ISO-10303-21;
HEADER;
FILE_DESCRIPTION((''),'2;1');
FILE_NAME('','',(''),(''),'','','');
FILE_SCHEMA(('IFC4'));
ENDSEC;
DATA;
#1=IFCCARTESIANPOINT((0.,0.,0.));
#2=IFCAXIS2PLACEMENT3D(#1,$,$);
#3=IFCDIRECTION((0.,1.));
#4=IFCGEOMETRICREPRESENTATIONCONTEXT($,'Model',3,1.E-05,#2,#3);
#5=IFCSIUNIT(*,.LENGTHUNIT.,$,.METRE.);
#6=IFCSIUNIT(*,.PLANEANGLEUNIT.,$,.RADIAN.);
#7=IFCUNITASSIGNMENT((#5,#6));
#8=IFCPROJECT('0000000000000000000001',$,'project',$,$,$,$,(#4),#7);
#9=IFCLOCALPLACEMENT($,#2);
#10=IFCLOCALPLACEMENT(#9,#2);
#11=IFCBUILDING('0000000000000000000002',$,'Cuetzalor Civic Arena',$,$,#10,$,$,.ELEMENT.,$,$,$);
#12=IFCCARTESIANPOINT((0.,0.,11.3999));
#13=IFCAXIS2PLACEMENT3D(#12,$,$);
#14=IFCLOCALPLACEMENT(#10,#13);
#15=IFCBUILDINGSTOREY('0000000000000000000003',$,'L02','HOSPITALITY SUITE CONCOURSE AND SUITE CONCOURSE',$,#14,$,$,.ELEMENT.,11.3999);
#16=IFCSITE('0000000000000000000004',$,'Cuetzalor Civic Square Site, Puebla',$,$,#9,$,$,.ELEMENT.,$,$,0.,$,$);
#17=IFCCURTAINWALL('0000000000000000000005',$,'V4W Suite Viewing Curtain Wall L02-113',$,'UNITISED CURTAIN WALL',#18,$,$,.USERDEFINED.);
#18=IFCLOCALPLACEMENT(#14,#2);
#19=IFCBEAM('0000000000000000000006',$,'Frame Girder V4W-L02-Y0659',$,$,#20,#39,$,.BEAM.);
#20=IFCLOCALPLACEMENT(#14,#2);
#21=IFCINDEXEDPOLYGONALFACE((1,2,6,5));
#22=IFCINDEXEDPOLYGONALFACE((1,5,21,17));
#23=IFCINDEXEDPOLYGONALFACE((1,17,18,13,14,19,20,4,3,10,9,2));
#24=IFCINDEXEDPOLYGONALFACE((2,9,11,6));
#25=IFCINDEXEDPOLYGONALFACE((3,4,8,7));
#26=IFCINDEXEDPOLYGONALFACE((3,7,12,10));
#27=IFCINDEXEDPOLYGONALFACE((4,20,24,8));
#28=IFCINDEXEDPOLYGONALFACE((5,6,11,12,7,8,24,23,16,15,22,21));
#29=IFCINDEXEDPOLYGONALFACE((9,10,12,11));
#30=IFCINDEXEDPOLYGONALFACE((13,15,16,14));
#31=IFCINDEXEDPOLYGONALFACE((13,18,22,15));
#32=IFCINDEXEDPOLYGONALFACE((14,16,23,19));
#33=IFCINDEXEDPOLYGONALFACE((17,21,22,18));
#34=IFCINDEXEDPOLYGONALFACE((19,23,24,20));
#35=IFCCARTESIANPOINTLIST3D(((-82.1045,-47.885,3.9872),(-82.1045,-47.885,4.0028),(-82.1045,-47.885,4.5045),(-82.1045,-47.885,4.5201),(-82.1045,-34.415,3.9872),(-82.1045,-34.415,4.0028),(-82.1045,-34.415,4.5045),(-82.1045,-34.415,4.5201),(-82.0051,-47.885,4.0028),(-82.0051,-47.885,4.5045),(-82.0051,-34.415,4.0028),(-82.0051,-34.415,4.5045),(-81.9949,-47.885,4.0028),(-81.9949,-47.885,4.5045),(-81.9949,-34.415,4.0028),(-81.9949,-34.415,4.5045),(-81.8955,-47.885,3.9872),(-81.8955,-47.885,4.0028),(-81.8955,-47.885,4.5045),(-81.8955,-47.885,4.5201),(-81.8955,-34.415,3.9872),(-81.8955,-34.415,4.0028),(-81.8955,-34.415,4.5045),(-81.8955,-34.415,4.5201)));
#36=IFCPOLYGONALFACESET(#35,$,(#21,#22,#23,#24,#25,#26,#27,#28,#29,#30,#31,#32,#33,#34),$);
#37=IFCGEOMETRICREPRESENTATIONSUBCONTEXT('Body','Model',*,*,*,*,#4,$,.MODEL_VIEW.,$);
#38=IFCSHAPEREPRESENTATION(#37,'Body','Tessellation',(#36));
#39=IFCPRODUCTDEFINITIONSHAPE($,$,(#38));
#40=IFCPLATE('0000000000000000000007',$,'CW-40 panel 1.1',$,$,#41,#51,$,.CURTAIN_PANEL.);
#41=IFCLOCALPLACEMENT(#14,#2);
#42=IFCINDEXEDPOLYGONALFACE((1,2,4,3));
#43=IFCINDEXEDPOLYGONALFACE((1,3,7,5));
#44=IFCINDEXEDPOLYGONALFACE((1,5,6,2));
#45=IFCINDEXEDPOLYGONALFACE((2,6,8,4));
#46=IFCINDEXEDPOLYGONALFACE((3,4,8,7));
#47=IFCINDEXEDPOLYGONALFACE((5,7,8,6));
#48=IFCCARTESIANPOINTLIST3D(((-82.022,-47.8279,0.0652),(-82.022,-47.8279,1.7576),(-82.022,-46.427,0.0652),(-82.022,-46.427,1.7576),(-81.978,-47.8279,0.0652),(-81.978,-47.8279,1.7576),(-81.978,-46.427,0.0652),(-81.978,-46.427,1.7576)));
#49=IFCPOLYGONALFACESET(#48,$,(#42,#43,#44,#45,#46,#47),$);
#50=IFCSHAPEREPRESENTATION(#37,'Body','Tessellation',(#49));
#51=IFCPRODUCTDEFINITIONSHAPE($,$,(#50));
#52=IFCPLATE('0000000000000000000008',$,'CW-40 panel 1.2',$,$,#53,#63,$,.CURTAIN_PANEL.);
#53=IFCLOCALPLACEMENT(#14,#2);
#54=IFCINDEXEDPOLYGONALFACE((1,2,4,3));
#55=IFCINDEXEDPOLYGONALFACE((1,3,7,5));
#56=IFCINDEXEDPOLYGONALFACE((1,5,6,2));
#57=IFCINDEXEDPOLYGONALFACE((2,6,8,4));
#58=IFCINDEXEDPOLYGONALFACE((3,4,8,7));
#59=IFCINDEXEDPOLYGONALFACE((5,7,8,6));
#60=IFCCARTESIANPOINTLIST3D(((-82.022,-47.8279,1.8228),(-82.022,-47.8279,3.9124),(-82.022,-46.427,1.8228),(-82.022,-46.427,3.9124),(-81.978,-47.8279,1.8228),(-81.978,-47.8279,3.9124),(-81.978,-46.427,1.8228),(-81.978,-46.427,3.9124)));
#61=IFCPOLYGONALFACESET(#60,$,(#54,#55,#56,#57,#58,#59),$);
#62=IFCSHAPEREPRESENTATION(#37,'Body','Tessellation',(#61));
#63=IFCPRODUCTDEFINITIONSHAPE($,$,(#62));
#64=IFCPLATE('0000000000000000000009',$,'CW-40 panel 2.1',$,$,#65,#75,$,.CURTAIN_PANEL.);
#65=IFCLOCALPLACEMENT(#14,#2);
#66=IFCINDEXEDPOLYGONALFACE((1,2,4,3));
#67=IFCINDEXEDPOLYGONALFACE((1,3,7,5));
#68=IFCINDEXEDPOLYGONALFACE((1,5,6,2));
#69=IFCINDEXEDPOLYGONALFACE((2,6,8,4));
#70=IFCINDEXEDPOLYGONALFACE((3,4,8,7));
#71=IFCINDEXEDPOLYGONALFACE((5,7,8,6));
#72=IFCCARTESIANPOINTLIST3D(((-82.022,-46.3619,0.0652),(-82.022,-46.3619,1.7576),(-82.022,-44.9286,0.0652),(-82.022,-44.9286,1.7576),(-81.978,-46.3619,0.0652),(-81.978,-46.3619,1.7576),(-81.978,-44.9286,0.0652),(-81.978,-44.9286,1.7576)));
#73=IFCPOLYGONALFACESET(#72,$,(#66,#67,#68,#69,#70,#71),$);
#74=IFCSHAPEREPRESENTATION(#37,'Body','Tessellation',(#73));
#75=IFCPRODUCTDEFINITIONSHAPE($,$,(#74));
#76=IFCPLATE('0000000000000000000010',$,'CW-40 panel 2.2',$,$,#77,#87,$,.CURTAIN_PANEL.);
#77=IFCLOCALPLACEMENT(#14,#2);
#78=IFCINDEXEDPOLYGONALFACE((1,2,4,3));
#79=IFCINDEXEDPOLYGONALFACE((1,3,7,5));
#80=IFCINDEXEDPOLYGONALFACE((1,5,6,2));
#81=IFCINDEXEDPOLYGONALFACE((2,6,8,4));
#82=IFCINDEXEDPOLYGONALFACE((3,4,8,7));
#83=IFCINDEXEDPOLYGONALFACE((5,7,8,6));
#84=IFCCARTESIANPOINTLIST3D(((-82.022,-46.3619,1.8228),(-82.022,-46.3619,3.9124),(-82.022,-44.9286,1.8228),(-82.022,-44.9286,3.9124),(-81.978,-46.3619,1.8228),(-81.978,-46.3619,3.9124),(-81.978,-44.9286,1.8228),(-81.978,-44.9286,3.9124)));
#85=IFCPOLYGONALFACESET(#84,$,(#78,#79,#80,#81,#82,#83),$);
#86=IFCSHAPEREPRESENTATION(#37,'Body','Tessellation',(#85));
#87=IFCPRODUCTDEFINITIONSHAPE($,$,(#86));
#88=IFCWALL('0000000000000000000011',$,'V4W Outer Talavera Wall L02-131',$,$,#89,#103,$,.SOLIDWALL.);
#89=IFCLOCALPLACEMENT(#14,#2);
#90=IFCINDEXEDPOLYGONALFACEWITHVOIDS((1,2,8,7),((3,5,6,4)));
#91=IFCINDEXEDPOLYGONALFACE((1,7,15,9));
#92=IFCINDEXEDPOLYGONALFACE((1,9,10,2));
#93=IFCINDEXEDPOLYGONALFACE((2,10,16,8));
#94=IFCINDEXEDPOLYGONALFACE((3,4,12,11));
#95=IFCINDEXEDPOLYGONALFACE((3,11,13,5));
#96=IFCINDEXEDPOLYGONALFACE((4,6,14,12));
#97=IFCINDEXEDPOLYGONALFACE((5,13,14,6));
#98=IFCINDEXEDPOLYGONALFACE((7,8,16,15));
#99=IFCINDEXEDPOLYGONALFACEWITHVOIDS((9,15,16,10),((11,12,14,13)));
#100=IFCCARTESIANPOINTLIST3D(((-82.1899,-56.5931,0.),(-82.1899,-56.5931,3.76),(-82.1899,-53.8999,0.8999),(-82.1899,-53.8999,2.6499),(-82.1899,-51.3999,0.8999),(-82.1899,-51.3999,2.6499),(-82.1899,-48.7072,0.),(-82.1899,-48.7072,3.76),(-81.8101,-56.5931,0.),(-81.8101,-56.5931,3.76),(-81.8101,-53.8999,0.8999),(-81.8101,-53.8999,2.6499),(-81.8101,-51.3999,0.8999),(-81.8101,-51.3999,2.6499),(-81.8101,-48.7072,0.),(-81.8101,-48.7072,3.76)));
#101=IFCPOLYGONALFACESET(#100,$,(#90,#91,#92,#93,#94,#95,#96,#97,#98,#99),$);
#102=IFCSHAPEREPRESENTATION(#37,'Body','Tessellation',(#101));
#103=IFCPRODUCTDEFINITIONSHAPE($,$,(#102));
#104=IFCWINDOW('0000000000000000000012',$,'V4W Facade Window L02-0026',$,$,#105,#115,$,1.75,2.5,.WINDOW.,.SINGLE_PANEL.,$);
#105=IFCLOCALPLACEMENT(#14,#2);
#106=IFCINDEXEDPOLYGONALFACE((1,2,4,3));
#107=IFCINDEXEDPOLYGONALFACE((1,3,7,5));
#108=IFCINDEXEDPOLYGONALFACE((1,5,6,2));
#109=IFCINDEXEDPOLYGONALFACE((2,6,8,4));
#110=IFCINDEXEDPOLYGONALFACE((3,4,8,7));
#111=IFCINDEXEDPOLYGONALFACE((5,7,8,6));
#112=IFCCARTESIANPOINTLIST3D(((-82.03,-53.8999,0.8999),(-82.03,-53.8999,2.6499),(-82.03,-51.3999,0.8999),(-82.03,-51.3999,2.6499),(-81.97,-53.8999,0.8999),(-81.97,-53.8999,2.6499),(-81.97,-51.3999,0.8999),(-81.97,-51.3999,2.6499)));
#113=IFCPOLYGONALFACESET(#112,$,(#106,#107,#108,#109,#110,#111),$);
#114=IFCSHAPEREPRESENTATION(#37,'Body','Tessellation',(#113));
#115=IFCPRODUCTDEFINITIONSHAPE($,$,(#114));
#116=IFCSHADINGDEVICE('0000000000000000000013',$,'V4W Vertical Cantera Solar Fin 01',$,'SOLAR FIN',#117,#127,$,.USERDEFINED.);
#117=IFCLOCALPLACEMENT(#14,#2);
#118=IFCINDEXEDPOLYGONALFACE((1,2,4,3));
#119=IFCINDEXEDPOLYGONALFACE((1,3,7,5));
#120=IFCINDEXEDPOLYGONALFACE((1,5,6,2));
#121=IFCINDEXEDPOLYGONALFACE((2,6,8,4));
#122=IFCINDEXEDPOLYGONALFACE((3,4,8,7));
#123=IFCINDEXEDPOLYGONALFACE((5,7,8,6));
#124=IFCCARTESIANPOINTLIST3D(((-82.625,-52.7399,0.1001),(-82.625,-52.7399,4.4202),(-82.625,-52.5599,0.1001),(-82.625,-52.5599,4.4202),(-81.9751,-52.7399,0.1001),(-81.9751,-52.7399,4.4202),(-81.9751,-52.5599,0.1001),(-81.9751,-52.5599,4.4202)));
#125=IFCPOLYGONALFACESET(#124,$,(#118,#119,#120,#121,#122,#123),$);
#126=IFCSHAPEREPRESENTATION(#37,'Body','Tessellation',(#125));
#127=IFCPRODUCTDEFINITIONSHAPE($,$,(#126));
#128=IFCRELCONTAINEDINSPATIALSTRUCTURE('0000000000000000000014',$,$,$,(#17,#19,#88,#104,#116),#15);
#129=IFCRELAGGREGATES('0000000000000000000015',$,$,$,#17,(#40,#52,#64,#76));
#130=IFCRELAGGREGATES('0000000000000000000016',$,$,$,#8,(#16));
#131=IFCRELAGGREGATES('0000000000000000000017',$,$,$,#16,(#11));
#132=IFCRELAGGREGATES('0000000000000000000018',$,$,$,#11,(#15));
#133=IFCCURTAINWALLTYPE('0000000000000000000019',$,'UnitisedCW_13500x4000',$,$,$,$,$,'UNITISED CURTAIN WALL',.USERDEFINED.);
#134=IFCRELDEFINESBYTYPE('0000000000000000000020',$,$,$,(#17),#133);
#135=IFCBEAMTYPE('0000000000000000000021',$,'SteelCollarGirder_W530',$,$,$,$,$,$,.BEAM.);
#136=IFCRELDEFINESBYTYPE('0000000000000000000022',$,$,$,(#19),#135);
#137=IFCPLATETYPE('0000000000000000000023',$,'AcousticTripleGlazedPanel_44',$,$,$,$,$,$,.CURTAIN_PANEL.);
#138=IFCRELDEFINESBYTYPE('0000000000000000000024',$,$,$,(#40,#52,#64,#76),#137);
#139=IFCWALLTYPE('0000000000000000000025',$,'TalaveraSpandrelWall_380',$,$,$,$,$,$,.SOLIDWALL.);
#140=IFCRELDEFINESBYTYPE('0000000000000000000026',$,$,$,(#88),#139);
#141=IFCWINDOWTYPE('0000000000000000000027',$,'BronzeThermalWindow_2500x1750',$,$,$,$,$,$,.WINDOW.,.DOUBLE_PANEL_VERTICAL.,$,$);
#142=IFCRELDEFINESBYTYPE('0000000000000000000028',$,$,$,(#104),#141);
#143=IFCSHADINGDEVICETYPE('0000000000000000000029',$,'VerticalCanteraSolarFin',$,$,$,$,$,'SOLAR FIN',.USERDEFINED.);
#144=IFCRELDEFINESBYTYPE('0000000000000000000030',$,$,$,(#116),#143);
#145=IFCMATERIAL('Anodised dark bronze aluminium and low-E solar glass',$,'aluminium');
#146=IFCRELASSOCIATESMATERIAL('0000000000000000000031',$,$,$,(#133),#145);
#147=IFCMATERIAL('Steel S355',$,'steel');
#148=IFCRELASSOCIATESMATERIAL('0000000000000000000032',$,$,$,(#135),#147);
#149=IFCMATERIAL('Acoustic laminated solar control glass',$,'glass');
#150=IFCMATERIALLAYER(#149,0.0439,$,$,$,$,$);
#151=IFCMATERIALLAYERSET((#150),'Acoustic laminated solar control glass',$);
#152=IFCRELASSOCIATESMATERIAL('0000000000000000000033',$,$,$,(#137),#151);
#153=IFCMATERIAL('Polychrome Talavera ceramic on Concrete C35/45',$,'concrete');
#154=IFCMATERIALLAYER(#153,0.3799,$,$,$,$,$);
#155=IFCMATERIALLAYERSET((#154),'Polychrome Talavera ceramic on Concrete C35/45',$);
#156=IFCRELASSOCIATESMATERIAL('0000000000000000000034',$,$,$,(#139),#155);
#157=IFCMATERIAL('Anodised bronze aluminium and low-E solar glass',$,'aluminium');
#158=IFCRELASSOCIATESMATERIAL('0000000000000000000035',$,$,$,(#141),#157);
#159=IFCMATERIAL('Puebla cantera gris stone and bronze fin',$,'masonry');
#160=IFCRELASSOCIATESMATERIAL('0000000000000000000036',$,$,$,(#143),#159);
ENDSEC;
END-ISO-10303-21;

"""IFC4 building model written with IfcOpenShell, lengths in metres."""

from ifc_helpers import new_model, si_unit, direction, frame, frame_2d, origin, origin_2d, place, context, subcontext, project, spatial, rectangle, i_section, extrude, material, layer, layer_set, material_profile, profile_set, type_object, element, fill, aggregate, save


model = new_model("IFC4")

# Units and contexts
model_context = context("Model", 3, precision=1e-05, world=origin(), true_north=direction((0.0, 1.0)))
body_context = subcontext(model_context, "Body", "Model", "MODEL_VIEW")
ifc_project = project(units=[si_unit("LENGTHUNIT", "METRE"), si_unit("PLANEANGLEUNIT", "RADIAN")], contexts=[model_context])

# Site, building, storey
site_placement = place(None, origin())
site = spatial("IfcSite", under=ifc_project, at=site_placement, Name="Cuetzalor Civic Square Site, Puebla", CompositionType="ELEMENT", RefElevation=0.0)
building_placement = place(site_placement, origin())
building = spatial("IfcBuilding", under=site, at=building_placement, Name="Cuetzalor Civic Arena", CompositionType="ELEMENT")
storey_placement = place(building_placement, frame((0.0, 0.0, 11.3999)))
storey = spatial("IfcBuildingStorey", under=building, at=storey_placement, Name="L02", Description="HOSPITALITY SUITE CONCOURSE AND SUITE CONCOURSE", CompositionType="ELEMENT", Elevation=11.3999)

# Curtain wall
ifc_material_1 = material(Name="Anodised dark bronze aluminium and low-E solar glass", Category="aluminium")
curtain_wall_type = type_object("IfcCurtainWallType", Name="UnitisedCW_13500x4000", ElementType="UNITISED CURTAIN WALL", PredefinedType="USERDEFINED", material=ifc_material_1)
curtain_wall_placement = place(storey_placement, origin())
curtain_wall = element("IfcCurtainWall", 1, at=curtain_wall_placement, inside=storey, type_object=curtain_wall_type, Name="V4W Suite Viewing Curtain Wall L02-113", ObjectType="UNITISED CURTAIN WALL", PredefinedType="USERDEFINED")

# Beam
ifc_material_2 = material(Name="Steel S355", Category="steel")
ifc_material_profile_1 = material_profile(ifc_material_2, i_section(OverallWidth=0.209, OverallDepth=0.533, WebThickness=0.0103, FlangeThickness=0.0156, at=origin_2d()), Name="W530x92")
ifc_profile_set_1 = profile_set([ifc_material_profile_1], Name="Steel S355")
beam_type_1 = type_object("IfcBeamType", Name="SteelCollarGirder_W530", PredefinedType="BEAM", material=ifc_profile_set_1)
beam_1_placement = place(storey_placement, frame((-82.0, -47.885, 4.2537), z_axis=(0.0, 1.0, 0.0), x_axis=(-1.0, 0.0, 0.0)))
element("IfcBeam", 2, at=beam_1_placement, inside=storey, type_object=beam_type_1, Name="Frame Girder V4W-L02-Y0659", PredefinedType="BEAM", context=body_context, shape_type="SweptSolid", body=[
    extrude(i_section(OverallWidth=0.209, OverallDepth=0.533, WebThickness=0.0103, FlangeThickness=0.0156, at=origin_2d()), origin(), (0.0, 0.0, 1.0), 13.47),
])

# Plates
ifc_material_3 = material(Name="Acoustic laminated solar control glass", Category="glass")
ifc_layer_1 = layer(ifc_material_3, 0.0439)
ifc_layer_set_1 = layer_set([ifc_layer_1], Name="Acoustic laminated solar control glass")
plate_type = type_object("IfcPlateType", Name="AcousticTripleGlazedPanel_44", PredefinedType="CURTAIN_PANEL", material=ifc_layer_set_1)
plate_1_placement = place(storey_placement, frame((-82.0, -47.1274, 0.0652), z_axis=(0.0, 0.0, 1.0), x_axis=(0.0, 1.0, 0.0)))
plate_1 = element("IfcPlate", 3, at=plate_1_placement, type_object=plate_type, Name="CW-40 panel 1.1", PredefinedType="CURTAIN_PANEL", context=body_context, shape_type="SweptSolid", body=[
    extrude(rectangle(XDim=1.4009, YDim=0.0439, at=origin_2d()), origin(), (0.0, 0.0, 1.0), 1.6924),
])
plate_2_placement = place(storey_placement, frame((-82.0, -47.1274, 1.8228), z_axis=(0.0, 0.0, 1.0), x_axis=(0.0, 1.0, 0.0)))
plate_2 = element("IfcPlate", 4, at=plate_2_placement, type_object=plate_type, Name="CW-40 panel 1.2", PredefinedType="CURTAIN_PANEL", context=body_context, shape_type="SweptSolid", body=[
    extrude(rectangle(XDim=1.4009, YDim=0.0439, at=origin_2d()), origin(), (0.0, 0.0, 1.0), 2.0896),
])
plate_3_placement = place(storey_placement, frame((-82.0, -45.6453, 0.0652), z_axis=(0.0, 0.0, 1.0), x_axis=(0.0, 1.0, 0.0)))
plate_3 = element("IfcPlate", 5, at=plate_3_placement, type_object=plate_type, Name="CW-40 panel 2.1", PredefinedType="CURTAIN_PANEL", context=body_context, shape_type="SweptSolid", body=[
    extrude(rectangle(XDim=1.4333, YDim=0.0439, at=origin_2d()), origin(), (0.0, 0.0, 1.0), 1.6924),
])
plate_4_placement = place(storey_placement, frame((-82.0, -45.6453, 1.8228), z_axis=(0.0, 0.0, 1.0), x_axis=(0.0, 1.0, 0.0)))
plate_4 = element("IfcPlate", 6, at=plate_4_placement, type_object=plate_type, Name="CW-40 panel 2.2", PredefinedType="CURTAIN_PANEL", context=body_context, shape_type="SweptSolid", body=[
    extrude(rectangle(XDim=1.4333, YDim=0.0439, at=origin_2d()), origin(), (0.0, 0.0, 1.0), 2.0896),
])
aggregate(curtain_wall, [plate_1, plate_2, plate_3, plate_4])

# Wall, opening, window
ifc_material_4 = material(Name="Polychrome Talavera ceramic on Concrete C35/45", Category="concrete")
ifc_layer_2 = layer(ifc_material_4, 0.3799)
ifc_layer_set_2 = layer_set([ifc_layer_2], Name="Polychrome Talavera ceramic on Concrete C35/45")
wall_type = type_object("IfcWallType", Name="TalaveraSpandrelWall_380", PredefinedType="SOLIDWALL", material=ifc_layer_set_2)
wall_placement = place(storey_placement, frame((-82.0, -56.593, 0.0), z_axis=(0.0, 0.0, 1.0), x_axis=(0.0, 1.0, 0.0)))
wall = element("IfcWall", 7, at=wall_placement, inside=storey, type_object=wall_type, Name="V4W Outer Talavera Wall L02-131", PredefinedType="SOLIDWALL", context=body_context, shape_type="SweptSolid", body=[
    extrude(rectangle(XDim=7.886, YDim=0.3799, at=frame_2d((3.9429, 0.0))), origin(), (0.0, 0.0, 1.0), 3.76),
])
opening_placement = place(wall_placement, frame((2.6931, 0.0, 0.8999)))
opening = element("IfcOpeningElement", 8, at=opening_placement, cuts=wall, PredefinedType="OPENING", context=body_context, shape_type="SweptSolid", body=[
    extrude(rectangle(XDim=2.5, YDim=1.75, at=frame_2d((1.25, 0.875))), frame((0.0, 0.2, 0.0), z_axis=(0.0, -1.0, 0.0), x_axis=(1.0, 0.0, 0.0)), (0.0, 0.0, 1.0), 0.3999),
])
ifc_material_5 = material(Name="Anodised bronze aluminium and low-E solar glass", Category="aluminium")
window_type = type_object("IfcWindowType", Name="BronzeThermalWindow_2500x1750", PartitioningType="DOUBLE_PANEL_VERTICAL", PredefinedType="WINDOW", material=ifc_material_5)
window_placement = place(opening_placement, origin())
window = element("IfcWindow", 9, at=window_placement, inside=storey, type_object=window_type, Name="V4W Facade Window L02-0026", OverallHeight=1.75, OverallWidth=2.5, PartitioningType="SINGLE_PANEL", PredefinedType="WINDOW", context=body_context, shape_type="SweptSolid", body=[
    extrude(rectangle(XDim=2.5, YDim=1.75, at=frame_2d((1.25, 0.875))), frame((0.0, 0.03, 0.0), z_axis=(0.0, -1.0, 0.0), x_axis=(1.0, 0.0, 0.0)), (0.0, 0.0, 1.0), 0.0601),
])
fill(opening, window)

# Shading device
ifc_material_6 = material(Name="Puebla cantera gris stone and bronze fin", Category="masonry")
shading_device_type = type_object("IfcShadingDeviceType", Name="VerticalCanteraSolarFin", ElementType="SOLAR FIN", PredefinedType="USERDEFINED", material=ifc_material_6)
shading_device_placement = place(storey_placement, frame((-82.3, -52.6499, 0.1001), z_axis=(0.0, 0.0, 1.0), x_axis=(1.0, 0.0, 0.0)))
element("IfcShadingDevice", 10, at=shading_device_placement, inside=storey, type_object=shading_device_type, Name="V4W Vertical Cantera Solar Fin 01", ObjectType="SOLAR FIN", PredefinedType="USERDEFINED", context=body_context, shape_type="SweptSolid", body=[
    extrude(rectangle(XDim=0.6499, YDim=0.1799, at=origin_2d()), origin(), (0.0, 0.0, 1.0), 4.3201),
])

save(model, "model.ifc")
